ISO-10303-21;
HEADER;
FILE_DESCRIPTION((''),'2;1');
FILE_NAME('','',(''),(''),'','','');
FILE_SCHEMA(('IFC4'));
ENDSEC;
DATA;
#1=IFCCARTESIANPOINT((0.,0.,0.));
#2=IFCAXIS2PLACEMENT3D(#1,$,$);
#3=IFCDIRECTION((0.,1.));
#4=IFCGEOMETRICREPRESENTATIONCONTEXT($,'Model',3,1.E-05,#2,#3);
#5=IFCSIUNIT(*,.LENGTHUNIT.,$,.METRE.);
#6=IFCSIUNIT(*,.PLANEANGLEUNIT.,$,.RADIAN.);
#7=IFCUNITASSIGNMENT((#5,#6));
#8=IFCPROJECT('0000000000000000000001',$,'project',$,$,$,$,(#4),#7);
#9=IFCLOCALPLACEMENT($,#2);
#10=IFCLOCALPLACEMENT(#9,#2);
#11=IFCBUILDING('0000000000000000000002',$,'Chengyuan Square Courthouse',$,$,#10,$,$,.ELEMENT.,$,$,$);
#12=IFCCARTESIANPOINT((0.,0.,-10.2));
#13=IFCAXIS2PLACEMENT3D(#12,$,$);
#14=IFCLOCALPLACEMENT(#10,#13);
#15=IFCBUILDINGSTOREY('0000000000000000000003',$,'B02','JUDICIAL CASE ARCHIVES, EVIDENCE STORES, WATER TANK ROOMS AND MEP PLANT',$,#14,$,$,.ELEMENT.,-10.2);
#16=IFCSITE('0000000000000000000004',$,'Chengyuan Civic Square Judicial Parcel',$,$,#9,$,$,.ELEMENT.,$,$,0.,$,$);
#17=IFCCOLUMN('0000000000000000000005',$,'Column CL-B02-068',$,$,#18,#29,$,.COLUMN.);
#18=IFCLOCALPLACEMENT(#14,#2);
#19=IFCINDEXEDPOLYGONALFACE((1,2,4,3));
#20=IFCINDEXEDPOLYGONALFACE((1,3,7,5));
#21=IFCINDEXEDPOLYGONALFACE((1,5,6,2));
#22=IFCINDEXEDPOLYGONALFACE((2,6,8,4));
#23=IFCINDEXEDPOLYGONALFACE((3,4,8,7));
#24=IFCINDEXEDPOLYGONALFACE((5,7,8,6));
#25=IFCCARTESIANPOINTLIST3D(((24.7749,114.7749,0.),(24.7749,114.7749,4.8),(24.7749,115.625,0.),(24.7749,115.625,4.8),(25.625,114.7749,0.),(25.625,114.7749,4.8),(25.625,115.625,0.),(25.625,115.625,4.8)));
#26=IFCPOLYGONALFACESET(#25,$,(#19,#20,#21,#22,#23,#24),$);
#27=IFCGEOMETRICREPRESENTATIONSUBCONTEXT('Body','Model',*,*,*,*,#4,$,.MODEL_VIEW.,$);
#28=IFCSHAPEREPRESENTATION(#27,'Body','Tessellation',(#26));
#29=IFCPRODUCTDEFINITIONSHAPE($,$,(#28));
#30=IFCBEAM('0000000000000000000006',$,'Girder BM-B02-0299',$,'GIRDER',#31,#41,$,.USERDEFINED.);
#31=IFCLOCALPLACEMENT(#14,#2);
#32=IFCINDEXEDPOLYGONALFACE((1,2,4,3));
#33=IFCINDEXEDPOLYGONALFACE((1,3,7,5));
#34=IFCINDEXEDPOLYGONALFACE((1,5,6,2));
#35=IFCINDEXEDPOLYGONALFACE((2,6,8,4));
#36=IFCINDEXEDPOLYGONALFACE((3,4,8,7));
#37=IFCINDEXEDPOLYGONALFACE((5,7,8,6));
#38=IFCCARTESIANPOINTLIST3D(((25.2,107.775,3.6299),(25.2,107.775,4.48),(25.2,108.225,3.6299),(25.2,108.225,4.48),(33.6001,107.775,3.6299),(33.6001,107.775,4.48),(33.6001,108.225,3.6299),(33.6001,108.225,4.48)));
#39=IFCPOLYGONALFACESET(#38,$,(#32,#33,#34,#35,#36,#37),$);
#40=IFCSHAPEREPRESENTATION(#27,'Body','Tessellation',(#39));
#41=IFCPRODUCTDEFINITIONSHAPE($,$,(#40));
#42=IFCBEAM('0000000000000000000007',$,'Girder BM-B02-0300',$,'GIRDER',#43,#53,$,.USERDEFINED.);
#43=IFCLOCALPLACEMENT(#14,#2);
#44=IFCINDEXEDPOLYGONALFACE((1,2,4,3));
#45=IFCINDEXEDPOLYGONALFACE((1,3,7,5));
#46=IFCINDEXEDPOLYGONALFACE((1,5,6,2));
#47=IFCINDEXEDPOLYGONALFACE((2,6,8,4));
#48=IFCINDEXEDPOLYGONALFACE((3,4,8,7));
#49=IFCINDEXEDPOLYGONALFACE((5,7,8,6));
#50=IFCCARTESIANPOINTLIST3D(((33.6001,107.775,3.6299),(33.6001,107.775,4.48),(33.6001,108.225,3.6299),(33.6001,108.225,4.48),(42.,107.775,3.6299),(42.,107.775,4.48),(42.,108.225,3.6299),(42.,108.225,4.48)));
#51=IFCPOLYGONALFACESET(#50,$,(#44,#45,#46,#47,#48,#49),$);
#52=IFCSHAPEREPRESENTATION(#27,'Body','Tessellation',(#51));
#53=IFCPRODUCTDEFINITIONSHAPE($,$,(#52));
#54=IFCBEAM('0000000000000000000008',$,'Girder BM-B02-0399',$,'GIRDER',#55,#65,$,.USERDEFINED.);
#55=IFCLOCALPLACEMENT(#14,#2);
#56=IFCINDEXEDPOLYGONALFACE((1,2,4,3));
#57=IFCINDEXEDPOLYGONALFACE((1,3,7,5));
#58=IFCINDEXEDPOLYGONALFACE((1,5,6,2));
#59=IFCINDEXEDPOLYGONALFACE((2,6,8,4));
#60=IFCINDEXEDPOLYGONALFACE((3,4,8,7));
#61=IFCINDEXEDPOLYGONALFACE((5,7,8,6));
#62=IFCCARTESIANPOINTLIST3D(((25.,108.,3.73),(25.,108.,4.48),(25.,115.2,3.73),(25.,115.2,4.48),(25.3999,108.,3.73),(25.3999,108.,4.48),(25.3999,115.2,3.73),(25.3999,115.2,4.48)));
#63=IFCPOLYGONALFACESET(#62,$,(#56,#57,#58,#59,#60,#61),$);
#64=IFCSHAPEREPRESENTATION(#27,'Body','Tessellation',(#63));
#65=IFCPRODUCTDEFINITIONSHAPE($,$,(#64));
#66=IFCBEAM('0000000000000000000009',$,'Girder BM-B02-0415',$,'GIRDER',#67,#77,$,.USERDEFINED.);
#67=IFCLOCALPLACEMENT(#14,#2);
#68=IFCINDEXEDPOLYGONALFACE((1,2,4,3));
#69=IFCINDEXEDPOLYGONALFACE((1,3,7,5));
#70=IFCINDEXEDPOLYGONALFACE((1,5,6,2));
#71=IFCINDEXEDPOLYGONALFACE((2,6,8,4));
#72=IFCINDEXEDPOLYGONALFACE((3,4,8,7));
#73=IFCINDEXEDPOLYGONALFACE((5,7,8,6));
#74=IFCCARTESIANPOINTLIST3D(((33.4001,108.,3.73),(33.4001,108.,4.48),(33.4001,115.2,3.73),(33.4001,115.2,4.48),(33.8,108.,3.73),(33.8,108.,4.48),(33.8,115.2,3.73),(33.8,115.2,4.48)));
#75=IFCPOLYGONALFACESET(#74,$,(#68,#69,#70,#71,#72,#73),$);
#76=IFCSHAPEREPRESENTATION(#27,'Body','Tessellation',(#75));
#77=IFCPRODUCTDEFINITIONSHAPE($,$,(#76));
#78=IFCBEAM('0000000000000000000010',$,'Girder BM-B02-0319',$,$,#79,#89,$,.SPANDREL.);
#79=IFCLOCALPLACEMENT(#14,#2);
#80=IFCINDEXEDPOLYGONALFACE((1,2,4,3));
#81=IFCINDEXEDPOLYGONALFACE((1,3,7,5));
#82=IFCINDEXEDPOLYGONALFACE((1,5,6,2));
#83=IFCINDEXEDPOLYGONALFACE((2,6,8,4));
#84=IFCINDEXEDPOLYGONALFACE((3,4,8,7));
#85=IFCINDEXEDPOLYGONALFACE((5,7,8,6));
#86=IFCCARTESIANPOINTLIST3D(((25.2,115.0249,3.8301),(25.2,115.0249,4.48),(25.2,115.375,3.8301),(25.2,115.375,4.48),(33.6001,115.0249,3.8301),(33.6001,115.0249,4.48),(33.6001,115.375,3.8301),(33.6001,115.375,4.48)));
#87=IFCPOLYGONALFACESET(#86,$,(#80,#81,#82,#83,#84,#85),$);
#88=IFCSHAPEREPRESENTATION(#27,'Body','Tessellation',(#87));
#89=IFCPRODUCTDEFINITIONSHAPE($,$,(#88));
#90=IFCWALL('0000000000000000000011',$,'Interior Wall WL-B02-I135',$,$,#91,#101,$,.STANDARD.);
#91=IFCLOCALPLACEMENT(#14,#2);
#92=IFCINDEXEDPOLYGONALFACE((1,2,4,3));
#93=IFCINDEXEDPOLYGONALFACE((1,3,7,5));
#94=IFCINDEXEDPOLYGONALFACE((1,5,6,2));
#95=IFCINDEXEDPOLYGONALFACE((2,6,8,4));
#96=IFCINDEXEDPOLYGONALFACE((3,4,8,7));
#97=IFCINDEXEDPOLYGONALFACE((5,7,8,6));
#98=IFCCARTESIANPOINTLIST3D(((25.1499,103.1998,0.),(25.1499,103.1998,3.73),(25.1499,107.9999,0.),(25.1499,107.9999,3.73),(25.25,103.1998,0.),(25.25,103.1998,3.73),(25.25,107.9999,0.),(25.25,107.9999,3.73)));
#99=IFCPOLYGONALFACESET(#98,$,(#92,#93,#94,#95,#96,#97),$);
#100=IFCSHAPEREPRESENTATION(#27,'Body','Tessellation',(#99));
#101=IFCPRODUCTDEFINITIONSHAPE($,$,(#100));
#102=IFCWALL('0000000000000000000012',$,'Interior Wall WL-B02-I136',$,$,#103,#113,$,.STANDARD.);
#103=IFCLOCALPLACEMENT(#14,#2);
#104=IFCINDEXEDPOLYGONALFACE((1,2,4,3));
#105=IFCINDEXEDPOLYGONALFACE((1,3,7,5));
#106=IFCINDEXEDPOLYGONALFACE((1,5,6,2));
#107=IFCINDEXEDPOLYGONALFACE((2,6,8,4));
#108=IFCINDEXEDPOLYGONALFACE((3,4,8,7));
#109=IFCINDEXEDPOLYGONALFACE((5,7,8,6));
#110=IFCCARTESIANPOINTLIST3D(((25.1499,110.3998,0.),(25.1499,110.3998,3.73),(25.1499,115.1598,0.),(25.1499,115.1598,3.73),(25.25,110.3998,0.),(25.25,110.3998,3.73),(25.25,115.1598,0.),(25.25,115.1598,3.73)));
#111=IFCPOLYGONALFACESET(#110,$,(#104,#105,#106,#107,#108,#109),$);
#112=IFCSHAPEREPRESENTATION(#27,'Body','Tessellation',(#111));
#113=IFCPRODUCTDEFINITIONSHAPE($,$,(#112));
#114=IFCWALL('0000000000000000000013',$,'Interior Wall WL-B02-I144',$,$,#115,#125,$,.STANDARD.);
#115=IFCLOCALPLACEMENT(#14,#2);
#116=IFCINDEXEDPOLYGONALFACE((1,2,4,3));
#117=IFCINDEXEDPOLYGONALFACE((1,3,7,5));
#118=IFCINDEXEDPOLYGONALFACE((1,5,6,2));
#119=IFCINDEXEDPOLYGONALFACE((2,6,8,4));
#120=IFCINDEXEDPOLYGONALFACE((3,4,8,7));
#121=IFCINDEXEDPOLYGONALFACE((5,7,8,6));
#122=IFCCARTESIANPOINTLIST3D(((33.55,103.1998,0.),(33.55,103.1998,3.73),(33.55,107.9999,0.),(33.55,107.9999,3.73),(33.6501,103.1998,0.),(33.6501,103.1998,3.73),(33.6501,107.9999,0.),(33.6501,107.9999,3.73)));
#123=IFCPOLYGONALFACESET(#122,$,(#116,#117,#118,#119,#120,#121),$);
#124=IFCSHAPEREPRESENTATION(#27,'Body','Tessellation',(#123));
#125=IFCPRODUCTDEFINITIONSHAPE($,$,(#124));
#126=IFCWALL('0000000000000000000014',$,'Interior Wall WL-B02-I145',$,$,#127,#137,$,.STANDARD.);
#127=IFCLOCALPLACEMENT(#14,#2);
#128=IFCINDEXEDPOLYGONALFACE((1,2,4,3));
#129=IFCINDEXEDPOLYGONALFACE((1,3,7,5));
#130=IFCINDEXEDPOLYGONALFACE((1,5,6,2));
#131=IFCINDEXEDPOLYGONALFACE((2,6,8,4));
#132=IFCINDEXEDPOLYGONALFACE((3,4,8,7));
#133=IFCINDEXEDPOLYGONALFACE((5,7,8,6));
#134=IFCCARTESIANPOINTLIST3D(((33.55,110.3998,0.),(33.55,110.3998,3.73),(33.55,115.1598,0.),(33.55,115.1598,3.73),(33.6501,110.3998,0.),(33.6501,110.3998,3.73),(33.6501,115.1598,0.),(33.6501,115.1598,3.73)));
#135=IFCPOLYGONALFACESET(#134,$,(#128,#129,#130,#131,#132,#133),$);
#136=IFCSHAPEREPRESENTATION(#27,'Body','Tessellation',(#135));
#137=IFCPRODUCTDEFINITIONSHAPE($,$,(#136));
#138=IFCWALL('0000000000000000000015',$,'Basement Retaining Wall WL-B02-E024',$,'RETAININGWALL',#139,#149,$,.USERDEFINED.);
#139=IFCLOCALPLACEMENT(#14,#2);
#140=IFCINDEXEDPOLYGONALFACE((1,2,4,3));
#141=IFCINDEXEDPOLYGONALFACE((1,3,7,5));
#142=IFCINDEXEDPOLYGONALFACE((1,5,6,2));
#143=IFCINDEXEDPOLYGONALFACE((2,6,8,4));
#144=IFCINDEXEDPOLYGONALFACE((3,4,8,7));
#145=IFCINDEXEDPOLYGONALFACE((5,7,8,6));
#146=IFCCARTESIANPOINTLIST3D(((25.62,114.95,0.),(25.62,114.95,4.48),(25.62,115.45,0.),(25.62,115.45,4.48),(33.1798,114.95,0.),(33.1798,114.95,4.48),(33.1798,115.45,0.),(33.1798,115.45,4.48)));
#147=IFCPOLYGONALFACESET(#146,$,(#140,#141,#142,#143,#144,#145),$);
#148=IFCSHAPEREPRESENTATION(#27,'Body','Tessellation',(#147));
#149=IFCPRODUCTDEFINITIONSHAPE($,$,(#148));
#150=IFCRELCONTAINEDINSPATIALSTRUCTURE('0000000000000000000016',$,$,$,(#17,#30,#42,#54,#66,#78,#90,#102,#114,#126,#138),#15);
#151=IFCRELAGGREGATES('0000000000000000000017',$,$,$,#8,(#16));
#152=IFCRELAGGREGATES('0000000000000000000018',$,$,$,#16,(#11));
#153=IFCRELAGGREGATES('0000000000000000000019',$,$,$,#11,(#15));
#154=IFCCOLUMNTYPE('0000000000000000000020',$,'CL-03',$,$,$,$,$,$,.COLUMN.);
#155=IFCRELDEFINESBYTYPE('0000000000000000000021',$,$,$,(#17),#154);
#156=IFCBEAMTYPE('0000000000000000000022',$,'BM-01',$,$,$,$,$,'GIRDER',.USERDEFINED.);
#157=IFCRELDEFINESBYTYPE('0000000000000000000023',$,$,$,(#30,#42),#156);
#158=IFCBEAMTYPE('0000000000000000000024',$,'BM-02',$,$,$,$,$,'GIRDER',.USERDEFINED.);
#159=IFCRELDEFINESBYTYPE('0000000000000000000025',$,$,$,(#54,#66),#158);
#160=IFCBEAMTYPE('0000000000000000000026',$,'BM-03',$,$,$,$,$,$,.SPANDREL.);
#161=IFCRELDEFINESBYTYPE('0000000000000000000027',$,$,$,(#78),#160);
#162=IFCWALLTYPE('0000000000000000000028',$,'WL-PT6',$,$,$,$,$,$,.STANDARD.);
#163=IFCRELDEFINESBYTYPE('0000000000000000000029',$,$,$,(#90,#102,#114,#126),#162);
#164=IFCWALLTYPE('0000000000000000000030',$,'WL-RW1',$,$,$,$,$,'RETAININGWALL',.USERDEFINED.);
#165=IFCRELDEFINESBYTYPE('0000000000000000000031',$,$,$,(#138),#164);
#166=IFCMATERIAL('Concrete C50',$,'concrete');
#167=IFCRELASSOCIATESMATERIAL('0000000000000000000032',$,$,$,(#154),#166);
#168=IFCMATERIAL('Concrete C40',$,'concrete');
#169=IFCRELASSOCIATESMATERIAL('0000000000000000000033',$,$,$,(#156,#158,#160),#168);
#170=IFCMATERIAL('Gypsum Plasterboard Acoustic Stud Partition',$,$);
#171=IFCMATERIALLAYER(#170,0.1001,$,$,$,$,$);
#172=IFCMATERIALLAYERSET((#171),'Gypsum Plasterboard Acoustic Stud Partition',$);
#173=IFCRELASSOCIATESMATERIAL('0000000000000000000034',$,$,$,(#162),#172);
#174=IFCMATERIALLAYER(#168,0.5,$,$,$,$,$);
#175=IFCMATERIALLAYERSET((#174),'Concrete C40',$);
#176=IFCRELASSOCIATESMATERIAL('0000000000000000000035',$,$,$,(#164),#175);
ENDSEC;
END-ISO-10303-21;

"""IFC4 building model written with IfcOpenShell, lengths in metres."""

from ifc_helpers import new_model, si_unit, direction, frame, frame_2d, origin, origin_2d, place, context, subcontext, project, spatial, rectangle, extrude, material, layer, layer_set, material_profile, profile_set, type_object, element, save


model = new_model("IFC4")

# Units and contexts
model_context = context("Model", 3, precision=1e-05, world=origin(), true_north=direction((0.0, 1.0)))
body_context = subcontext(model_context, "Body", "Model", "MODEL_VIEW")
ifc_project = project(units=[si_unit("LENGTHUNIT", "METRE"), si_unit("PLANEANGLEUNIT", "RADIAN")], contexts=[model_context])

# Site, building, storey
site_placement = place(None, origin())
site = spatial("IfcSite", under=ifc_project, at=site_placement, Name="Chengyuan Civic Square Judicial Parcel", CompositionType="ELEMENT", RefElevation=0.0)
building_placement = place(site_placement, origin())
building = spatial("IfcBuilding", under=site, at=building_placement, Name="Chengyuan Square Courthouse", CompositionType="ELEMENT")
storey_placement = place(building_placement, frame((0.0, 0.0, -10.2)))
storey = spatial("IfcBuildingStorey", under=building, at=storey_placement, Name="B02", Description="JUDICIAL CASE ARCHIVES, EVIDENCE STORES, WATER TANK ROOMS AND MEP PLANT", CompositionType="ELEMENT", Elevation=-10.2)

# Shared definitions
ifc_material_1 = material(Name="Concrete C40", Category="concrete")

# Column
ifc_material_2 = material(Name="Concrete C50", Category="concrete")
ifc_material_profile_1 = material_profile(ifc_material_2, rectangle(XDim=0.8501, YDim=0.8501, at=origin_2d()), Name="RC-COL-850x850")
ifc_profile_set_1 = profile_set([ifc_material_profile_1], Name="Concrete C50")
column_type_1 = type_object("IfcColumnType", Name="CL-03", PredefinedType="COLUMN", material=ifc_profile_set_1)
column_placement = place(storey_placement, frame((25.2, 115.2, 0.0), z_axis=(0.0, 0.0, 1.0), x_axis=(1.0, 0.0, 0.0)))
element("IfcColumn", 1, at=column_placement, inside=storey, type_object=column_type_1, Name="Column CL-B02-068", PredefinedType="COLUMN", context=body_context, shape_type="SweptSolid", body=[
    extrude(rectangle(XDim=0.8501, YDim=0.8501, at=origin_2d()), origin(), (0.0, 0.0, 1.0), 4.8),
])

# Beams
ifc_material_profile_2 = material_profile(ifc_material_1, rectangle(XDim=0.45, YDim=0.8501, at=origin_2d()), Name="RC-BM-450x850")
ifc_profile_set_2 = profile_set([ifc_material_profile_2], Name="Concrete C40")
beam_type_1 = type_object("IfcBeamType", Name="BM-01", ElementType="GIRDER", PredefinedType="USERDEFINED", material=ifc_profile_set_2)
beam_1_placement = place(storey_placement, frame((25.2, 108.0, 4.0549), z_axis=(1.0, 0.0, 0.0), x_axis=(0.0, 1.0, 0.0)))
element("IfcBeam", 2, at=beam_1_placement, inside=storey, type_object=beam_type_1, Name="Girder BM-B02-0299", ObjectType="GIRDER", PredefinedType="USERDEFINED", context=body_context, shape_type="SweptSolid", body=[
    extrude(rectangle(XDim=0.45, YDim=0.8501, at=origin_2d()), origin(), (0.0, 0.0, 1.0), 8.4001),
])
beam_2_placement = place(storey_placement, frame((33.6001, 108.0, 4.0549), z_axis=(1.0, 0.0, 0.0), x_axis=(0.0, 1.0, 0.0)))
element("IfcBeam", 3, at=beam_2_placement, inside=storey, type_object=beam_type_1, Name="Girder BM-B02-0300", ObjectType="GIRDER", PredefinedType="USERDEFINED", context=body_context, shape_type="SweptSolid", body=[
    extrude(rectangle(XDim=0.45, YDim=0.8501, at=origin_2d()), origin(), (0.0, 0.0, 1.0), 8.3999),
])
ifc_material_profile_3 = material_profile(ifc_material_1, rectangle(XDim=0.3999, YDim=0.75, at=origin_2d()), Name="RC-BM-400x750")
ifc_profile_set_3 = profile_set([ifc_material_profile_3], Name="Concrete C40")
beam_type_2 = type_object("IfcBeamType", Name="BM-02", ElementType="GIRDER", PredefinedType="USERDEFINED", material=ifc_profile_set_3)
for number, where, z_axis, x_axis, name in (
    (4, (25.2, 108.0, 4.105), (0.0, 1.0, 0.0), (-1.0, 0.0, 0.0), "Girder BM-B02-0399"),
    (5, (33.6001, 108.0, 4.105), (0.0, 1.0, 0.0), (-1.0, 0.0, 0.0), "Girder BM-B02-0415"),
):
    element("IfcBeam", number, at=place(storey_placement, frame(where, z_axis=z_axis, x_axis=x_axis)), inside=storey, type_object=beam_type_2, Name=name, ObjectType="GIRDER", PredefinedType="USERDEFINED", context=body_context, shape_type="SweptSolid", body=[
        extrude(rectangle(XDim=0.3999, YDim=0.75, at=origin_2d()), origin(), (0.0, 0.0, 1.0), 7.2),
    ])
ifc_material_profile_4 = material_profile(ifc_material_1, rectangle(XDim=0.3501, YDim=0.6499, at=origin_2d()), Name="RC-BM-350x650")
ifc_profile_set_4 = profile_set([ifc_material_profile_4], Name="Concrete C40")
beam_type_3 = type_object("IfcBeamType", Name="BM-03", PredefinedType="SPANDREL", material=ifc_profile_set_4)
beam_3_placement = place(storey_placement, frame((25.2, 115.2, 4.155), z_axis=(1.0, 0.0, 0.0), x_axis=(0.0, 1.0, 0.0)))
element("IfcBeam", 6, at=beam_3_placement, inside=storey, type_object=beam_type_3, Name="Girder BM-B02-0319", PredefinedType="SPANDREL", context=body_context, shape_type="SweptSolid", body=[
    extrude(rectangle(XDim=0.3501, YDim=0.6499, at=origin_2d()), origin(), (0.0, 0.0, 1.0), 8.4001),
])

# Walls
ifc_material_3 = material(Name="Gypsum Plasterboard Acoustic Stud Partition")
ifc_layer_1 = layer(ifc_material_3, 0.1001)
ifc_layer_set_1 = layer_set([ifc_layer_1], Name="Gypsum Plasterboard Acoustic Stud Partition")
wall_type_1 = type_object("IfcWallType", Name="WL-PT6", PredefinedType="STANDARD", material=ifc_layer_set_1)
wall_1_placement = place(storey_placement, frame((25.2, 103.2, 0.0), z_axis=(0.0, 0.0, 1.0), x_axis=(0.0, 1.0, 0.0)))
element("IfcWall", 7, at=wall_1_placement, inside=storey, type_object=wall_type_1, Name="Interior Wall WL-B02-I135", PredefinedType="STANDARD", context=body_context, shape_type="SweptSolid", body=[
    extrude(rectangle(XDim=4.8, YDim=0.1001, at=frame_2d((2.3999, 0.0))), origin(), (0.0, 0.0, 1.0), 3.73),
])
wall_2_placement = place(storey_placement, frame((25.2, 110.3999, 0.0), z_axis=(0.0, 0.0, 1.0), x_axis=(0.0, 1.0, 0.0)))
element("IfcWall", 8, at=wall_2_placement, inside=storey, type_object=wall_type_1, Name="Interior Wall WL-B02-I136", PredefinedType="STANDARD", context=body_context, shape_type="SweptSolid", body=[
    extrude(rectangle(XDim=4.76, YDim=0.1001, at=frame_2d((2.3799, 0.0))), origin(), (0.0, 0.0, 1.0), 3.73),
])
wall_3_placement = place(storey_placement, frame((33.6001, 103.2, 0.0), z_axis=(0.0, 0.0, 1.0), x_axis=(0.0, 1.0, 0.0)))
element("IfcWall", 9, at=wall_3_placement, inside=storey, type_object=wall_type_1, Name="Interior Wall WL-B02-I144", PredefinedType="STANDARD", context=body_context, shape_type="SweptSolid", body=[
    extrude(rectangle(XDim=4.8, YDim=0.1001, at=frame_2d((2.3999, 0.0))), origin(), (0.0, 0.0, 1.0), 3.73),
])
wall_4_placement = place(storey_placement, frame((33.6001, 110.3999, 0.0), z_axis=(0.0, 0.0, 1.0), x_axis=(0.0, 1.0, 0.0)))
element("IfcWall", 10, at=wall_4_placement, inside=storey, type_object=wall_type_1, Name="Interior Wall WL-B02-I145", PredefinedType="STANDARD", context=body_context, shape_type="SweptSolid", body=[
    extrude(rectangle(XDim=4.76, YDim=0.1001, at=frame_2d((2.3799, 0.0))), origin(), (0.0, 0.0, 1.0), 3.73),
])
ifc_layer_2 = layer(ifc_material_1, 0.5)
ifc_layer_set_2 = layer_set([ifc_layer_2], Name="Concrete C40")
wall_type_2 = type_object("IfcWallType", Name="WL-RW1", ElementType="RETAININGWALL", PredefinedType="USERDEFINED", material=ifc_layer_set_2)
wall_5_placement = place(storey_placement, frame((25.6201, 115.2, 0.0), z_axis=(0.0, 0.0, 1.0), x_axis=(1.0, 0.0, 0.0)))
element("IfcWall", 11, at=wall_5_placement, inside=storey, type_object=wall_type_2, Name="Basement Retaining Wall WL-B02-E024", ObjectType="RETAININGWALL", PredefinedType="USERDEFINED", context=body_context, shape_type="SweptSolid", body=[
    extrude(rectangle(XDim=7.5598, YDim=0.5, at=frame_2d((3.7798, 0.0))), origin(), (0.0, 0.0, 1.0), 4.48),
])

save(model, "model.ifc")
